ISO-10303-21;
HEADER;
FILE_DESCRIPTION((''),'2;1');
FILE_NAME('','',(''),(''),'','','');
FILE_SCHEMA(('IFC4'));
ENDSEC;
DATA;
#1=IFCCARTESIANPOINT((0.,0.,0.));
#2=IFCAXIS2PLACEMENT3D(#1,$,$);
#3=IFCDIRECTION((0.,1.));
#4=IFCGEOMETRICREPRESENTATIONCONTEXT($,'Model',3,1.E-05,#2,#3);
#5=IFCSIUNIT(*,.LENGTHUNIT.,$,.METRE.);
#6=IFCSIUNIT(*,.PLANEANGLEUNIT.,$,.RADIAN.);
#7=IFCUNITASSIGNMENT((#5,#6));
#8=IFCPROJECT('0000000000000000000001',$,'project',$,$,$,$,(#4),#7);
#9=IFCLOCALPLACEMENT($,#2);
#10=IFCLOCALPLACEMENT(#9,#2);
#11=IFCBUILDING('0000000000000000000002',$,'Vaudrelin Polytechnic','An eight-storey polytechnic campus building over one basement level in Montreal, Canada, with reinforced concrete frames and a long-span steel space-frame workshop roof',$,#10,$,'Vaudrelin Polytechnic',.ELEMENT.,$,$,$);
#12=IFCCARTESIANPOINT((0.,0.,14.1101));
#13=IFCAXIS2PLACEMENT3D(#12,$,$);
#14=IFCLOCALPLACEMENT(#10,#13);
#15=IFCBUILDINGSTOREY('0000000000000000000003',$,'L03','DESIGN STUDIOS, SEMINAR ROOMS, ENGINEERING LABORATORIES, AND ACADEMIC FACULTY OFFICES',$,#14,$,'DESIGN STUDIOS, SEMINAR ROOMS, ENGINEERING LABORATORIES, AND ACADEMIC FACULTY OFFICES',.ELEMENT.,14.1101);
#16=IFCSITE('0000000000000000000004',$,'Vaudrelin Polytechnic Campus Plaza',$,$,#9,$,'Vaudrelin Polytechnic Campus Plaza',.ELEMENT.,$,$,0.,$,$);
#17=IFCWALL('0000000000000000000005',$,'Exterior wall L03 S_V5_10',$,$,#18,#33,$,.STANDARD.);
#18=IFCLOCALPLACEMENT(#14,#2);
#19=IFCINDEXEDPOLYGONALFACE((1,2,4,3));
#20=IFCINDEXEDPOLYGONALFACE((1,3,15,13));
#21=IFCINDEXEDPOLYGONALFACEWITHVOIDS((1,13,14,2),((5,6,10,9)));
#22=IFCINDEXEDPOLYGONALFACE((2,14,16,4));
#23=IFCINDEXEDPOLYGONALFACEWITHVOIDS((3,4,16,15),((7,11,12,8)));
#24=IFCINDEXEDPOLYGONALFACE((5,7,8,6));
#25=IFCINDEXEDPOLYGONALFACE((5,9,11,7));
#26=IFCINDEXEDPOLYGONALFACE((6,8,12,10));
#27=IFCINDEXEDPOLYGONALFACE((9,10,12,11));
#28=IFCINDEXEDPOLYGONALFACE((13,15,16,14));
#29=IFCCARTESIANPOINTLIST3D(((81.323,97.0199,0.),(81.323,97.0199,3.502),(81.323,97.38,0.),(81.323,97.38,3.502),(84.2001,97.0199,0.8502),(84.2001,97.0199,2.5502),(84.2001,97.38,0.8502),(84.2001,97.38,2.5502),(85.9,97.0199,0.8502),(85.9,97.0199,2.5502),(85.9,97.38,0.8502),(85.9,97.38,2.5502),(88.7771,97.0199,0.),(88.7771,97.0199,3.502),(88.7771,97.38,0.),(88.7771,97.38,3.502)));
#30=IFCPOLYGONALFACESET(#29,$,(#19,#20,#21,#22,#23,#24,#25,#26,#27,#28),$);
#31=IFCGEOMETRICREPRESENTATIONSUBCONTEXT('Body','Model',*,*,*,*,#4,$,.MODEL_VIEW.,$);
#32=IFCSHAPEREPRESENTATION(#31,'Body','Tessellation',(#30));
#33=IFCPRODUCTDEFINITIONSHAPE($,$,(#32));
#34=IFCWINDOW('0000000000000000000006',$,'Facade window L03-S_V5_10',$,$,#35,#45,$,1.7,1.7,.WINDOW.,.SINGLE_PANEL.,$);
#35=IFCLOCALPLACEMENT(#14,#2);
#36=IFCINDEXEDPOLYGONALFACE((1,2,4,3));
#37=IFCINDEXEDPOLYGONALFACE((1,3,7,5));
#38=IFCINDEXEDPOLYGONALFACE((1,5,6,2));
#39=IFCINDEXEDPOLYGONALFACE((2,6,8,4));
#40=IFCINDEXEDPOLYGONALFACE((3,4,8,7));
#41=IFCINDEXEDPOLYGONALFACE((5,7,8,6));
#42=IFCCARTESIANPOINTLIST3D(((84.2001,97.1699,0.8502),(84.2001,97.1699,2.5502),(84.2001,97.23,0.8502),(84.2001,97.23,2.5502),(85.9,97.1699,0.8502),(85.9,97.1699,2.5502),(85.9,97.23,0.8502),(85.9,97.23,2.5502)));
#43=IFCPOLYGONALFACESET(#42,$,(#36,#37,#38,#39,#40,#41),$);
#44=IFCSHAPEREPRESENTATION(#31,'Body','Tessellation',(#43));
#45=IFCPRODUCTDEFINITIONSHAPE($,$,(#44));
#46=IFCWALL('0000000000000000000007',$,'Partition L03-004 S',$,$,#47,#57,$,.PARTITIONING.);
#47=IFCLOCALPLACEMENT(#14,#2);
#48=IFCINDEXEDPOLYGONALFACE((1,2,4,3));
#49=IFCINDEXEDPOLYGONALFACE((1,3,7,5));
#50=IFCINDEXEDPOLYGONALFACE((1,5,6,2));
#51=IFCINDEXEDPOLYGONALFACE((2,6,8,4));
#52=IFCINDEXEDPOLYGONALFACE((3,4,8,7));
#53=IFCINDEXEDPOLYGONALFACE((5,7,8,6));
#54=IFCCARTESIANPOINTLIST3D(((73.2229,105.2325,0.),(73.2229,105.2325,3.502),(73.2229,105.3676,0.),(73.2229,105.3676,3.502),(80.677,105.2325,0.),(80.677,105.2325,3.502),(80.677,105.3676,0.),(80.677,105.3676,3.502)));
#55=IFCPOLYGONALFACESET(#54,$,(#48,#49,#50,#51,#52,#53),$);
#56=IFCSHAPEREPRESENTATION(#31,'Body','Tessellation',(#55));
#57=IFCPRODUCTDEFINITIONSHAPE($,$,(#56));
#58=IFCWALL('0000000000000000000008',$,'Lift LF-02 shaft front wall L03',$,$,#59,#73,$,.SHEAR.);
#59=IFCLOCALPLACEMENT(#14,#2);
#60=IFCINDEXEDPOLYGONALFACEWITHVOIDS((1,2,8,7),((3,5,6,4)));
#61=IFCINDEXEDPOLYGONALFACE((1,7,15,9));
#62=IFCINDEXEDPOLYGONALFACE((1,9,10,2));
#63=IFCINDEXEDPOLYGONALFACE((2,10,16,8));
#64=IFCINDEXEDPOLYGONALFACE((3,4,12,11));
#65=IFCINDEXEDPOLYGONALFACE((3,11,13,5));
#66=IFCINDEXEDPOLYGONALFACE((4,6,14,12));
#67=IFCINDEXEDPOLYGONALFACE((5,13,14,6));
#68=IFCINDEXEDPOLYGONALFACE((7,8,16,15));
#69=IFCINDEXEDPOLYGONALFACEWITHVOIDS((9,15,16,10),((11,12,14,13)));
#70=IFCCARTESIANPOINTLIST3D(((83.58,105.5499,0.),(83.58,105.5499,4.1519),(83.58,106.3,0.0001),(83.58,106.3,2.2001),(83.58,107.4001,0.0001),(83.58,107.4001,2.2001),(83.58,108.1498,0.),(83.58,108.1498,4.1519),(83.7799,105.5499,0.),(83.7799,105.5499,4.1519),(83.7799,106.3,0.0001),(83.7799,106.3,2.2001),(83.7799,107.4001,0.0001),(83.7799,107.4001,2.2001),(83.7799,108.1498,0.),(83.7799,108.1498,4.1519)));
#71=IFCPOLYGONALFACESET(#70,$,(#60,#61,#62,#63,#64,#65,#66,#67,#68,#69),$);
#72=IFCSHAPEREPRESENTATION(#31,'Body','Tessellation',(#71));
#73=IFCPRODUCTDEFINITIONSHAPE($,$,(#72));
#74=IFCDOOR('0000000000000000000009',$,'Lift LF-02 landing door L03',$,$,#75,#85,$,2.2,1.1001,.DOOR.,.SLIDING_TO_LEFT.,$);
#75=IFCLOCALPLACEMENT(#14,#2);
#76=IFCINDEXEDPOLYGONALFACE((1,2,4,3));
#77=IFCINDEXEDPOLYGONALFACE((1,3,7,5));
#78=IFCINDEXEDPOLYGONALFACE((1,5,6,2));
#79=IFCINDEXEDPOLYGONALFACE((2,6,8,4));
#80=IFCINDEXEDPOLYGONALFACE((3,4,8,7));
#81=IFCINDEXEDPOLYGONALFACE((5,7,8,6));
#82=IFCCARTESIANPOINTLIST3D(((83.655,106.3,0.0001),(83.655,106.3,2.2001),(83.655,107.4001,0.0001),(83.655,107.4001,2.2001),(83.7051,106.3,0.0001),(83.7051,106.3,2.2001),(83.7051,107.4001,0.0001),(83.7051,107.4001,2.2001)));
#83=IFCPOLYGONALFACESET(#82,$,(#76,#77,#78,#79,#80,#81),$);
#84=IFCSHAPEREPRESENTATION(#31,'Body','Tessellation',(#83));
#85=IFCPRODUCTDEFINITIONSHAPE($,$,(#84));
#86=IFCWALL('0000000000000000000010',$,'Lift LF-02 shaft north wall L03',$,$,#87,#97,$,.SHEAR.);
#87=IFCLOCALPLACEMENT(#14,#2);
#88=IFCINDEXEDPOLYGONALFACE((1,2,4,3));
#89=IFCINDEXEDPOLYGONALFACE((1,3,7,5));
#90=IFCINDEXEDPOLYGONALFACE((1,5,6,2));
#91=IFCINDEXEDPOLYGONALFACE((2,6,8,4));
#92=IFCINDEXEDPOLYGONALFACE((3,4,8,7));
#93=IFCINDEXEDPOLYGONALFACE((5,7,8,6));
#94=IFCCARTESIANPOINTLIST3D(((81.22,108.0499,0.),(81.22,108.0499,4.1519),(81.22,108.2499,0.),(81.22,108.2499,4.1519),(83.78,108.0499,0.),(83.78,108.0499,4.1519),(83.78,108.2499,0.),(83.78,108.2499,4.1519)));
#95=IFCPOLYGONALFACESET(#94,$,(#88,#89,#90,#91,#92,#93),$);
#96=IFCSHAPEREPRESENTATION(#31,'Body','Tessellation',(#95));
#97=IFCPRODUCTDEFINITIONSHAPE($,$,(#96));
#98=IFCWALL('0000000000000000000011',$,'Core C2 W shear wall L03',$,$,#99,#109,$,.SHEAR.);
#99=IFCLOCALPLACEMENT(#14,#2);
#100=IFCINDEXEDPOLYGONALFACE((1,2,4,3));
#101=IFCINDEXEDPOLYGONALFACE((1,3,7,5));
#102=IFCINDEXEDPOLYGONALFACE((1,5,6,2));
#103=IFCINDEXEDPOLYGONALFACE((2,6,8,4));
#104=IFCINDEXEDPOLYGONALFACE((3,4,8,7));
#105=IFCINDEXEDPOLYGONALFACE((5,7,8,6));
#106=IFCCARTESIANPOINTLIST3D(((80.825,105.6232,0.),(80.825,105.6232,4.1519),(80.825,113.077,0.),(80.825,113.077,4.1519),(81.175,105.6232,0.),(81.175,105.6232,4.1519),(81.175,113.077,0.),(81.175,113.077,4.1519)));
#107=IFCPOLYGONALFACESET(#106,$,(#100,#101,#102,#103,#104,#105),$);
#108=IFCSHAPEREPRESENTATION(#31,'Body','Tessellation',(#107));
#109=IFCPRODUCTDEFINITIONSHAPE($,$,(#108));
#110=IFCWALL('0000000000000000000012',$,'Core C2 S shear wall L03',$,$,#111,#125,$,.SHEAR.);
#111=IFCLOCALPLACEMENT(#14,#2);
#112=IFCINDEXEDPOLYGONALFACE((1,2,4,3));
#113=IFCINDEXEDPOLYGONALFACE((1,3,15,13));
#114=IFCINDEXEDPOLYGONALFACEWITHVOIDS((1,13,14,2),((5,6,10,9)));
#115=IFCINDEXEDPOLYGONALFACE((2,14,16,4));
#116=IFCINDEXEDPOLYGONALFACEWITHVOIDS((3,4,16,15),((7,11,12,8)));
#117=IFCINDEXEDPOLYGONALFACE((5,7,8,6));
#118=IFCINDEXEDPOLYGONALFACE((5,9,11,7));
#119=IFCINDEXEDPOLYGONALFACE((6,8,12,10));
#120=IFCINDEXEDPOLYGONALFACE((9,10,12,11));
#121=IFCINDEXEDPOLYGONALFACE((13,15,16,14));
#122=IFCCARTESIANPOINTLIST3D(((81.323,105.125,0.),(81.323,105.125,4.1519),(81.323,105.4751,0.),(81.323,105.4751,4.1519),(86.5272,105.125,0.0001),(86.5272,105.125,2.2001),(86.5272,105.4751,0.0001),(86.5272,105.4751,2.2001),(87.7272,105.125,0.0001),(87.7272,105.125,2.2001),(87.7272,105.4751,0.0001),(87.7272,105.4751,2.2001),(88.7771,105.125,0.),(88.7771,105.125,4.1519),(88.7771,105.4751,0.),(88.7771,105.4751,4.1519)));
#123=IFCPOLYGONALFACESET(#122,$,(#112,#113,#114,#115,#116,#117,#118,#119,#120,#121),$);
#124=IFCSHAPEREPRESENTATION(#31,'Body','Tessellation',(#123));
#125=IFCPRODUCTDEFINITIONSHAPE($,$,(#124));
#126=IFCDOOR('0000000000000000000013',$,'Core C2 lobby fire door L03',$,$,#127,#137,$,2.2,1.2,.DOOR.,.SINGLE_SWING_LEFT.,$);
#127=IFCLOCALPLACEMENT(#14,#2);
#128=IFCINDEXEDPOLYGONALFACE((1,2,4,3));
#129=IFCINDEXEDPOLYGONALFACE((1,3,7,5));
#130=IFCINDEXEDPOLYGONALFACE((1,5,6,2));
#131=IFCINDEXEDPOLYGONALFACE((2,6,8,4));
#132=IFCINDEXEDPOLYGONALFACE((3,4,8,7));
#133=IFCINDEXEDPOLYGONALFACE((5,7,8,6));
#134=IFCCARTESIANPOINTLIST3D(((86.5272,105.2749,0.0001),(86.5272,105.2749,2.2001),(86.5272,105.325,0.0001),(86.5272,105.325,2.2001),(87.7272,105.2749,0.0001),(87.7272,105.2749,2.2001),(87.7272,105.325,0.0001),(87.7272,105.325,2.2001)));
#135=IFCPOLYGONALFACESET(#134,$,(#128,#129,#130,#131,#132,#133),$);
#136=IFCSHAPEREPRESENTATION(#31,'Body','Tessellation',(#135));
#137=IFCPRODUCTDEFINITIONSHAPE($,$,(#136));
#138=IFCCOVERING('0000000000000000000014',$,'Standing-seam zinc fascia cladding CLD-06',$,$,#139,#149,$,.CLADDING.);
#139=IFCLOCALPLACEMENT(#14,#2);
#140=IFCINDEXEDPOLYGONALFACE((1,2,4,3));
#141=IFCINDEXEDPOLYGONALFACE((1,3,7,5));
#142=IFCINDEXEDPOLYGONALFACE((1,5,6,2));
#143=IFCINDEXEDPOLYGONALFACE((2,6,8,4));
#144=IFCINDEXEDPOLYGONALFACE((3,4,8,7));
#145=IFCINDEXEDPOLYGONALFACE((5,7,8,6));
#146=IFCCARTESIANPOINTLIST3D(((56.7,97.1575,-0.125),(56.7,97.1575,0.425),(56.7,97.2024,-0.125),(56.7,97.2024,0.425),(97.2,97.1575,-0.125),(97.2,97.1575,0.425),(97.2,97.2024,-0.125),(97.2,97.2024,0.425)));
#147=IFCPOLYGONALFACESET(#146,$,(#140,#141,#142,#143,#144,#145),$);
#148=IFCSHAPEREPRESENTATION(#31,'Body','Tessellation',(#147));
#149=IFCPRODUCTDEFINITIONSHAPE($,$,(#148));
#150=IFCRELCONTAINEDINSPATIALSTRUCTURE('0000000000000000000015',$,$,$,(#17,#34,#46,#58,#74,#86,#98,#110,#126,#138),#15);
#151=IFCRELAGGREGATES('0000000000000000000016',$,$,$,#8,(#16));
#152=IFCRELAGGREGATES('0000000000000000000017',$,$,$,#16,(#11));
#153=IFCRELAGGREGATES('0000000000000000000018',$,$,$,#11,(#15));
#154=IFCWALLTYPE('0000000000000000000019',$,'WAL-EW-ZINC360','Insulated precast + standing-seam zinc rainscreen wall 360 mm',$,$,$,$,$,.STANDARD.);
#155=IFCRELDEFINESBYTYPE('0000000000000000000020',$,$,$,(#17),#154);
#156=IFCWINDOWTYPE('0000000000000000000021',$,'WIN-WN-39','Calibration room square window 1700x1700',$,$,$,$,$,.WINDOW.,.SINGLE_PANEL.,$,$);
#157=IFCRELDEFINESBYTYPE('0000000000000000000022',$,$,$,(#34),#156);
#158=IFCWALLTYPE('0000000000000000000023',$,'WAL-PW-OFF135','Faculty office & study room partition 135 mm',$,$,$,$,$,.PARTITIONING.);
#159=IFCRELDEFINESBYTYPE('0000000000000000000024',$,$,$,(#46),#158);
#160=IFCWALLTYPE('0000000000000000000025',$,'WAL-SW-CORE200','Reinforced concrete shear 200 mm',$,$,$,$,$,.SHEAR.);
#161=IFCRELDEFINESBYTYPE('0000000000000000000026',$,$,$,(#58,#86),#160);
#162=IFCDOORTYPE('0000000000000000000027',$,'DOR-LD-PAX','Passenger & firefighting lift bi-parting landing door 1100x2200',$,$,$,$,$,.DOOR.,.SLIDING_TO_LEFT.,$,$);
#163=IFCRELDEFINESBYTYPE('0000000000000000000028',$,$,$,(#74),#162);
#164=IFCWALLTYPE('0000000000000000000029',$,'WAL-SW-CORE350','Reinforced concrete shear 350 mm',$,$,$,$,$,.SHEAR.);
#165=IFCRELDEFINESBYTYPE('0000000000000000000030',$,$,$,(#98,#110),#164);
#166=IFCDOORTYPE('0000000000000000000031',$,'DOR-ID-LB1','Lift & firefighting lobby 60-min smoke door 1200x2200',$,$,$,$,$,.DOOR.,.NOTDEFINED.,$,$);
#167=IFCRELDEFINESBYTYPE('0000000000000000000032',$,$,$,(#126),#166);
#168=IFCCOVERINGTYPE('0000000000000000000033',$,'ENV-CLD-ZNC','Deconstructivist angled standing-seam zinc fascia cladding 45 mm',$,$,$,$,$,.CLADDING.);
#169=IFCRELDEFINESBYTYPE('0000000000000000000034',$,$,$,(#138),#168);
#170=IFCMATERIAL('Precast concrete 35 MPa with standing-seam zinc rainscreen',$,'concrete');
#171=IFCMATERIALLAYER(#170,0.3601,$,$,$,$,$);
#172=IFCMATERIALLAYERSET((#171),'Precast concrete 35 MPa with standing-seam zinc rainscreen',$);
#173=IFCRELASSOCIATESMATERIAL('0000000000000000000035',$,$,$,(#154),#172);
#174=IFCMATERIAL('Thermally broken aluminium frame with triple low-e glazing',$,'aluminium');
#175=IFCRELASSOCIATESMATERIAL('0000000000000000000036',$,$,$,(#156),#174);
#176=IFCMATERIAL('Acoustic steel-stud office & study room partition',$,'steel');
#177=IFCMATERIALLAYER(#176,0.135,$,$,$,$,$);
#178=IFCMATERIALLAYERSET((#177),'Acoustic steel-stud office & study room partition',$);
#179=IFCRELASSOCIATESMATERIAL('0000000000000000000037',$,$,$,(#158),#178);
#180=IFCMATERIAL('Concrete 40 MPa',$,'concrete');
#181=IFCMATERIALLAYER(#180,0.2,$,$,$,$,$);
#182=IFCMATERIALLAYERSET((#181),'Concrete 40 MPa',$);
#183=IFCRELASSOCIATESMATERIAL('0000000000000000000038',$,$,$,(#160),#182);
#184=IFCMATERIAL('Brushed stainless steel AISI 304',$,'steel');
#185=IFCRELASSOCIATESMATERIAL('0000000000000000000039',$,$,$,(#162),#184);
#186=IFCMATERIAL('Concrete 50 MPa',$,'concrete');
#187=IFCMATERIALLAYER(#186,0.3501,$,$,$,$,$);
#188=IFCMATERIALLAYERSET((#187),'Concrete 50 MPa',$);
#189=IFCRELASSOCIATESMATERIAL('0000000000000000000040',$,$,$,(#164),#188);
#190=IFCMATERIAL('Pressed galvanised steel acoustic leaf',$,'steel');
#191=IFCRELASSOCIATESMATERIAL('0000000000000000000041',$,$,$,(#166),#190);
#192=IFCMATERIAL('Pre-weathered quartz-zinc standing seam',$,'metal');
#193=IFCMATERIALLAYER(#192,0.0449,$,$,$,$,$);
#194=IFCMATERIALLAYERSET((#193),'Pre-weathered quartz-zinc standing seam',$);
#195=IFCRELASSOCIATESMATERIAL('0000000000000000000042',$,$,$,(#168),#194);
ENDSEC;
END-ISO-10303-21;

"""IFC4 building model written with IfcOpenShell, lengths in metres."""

from ifc_helpers import new_model, si_unit, direction, frame, frame_2d, origin, origin_2d, place, context, subcontext, project, spatial, rectangle, extrude, material, layer, layer_set, type_object, element, fill, save


model = new_model("IFC4")

# Units and contexts
model_context = context("Model", 3, precision=1e-05, world=origin(), true_north=direction((0.0, 1.0)))
body_context = subcontext(model_context, "Body", "Model", "MODEL_VIEW")
ifc_project = project(units=[si_unit("LENGTHUNIT", "METRE"), si_unit("PLANEANGLEUNIT", "RADIAN")], contexts=[model_context])

# Site, building, storey
site_placement = place(None, origin())
site = spatial("IfcSite", under=ifc_project, at=site_placement, Name="Vaudrelin Polytechnic Campus Plaza", LongName="Vaudrelin Polytechnic Campus Plaza", CompositionType="ELEMENT", RefElevation=0.0)
building_placement = place(site_placement, origin())
building = spatial("IfcBuilding", under=site, at=building_placement, Name="Vaudrelin Polytechnic", Description="An eight-storey polytechnic campus building over one basement level in Montreal, Canada, with reinforced concrete frames and a long-span steel space-frame workshop roof", LongName="Vaudrelin Polytechnic", CompositionType="ELEMENT")
storey_placement = place(building_placement, frame((0.0, 0.0, 14.1101)))
storey = spatial("IfcBuildingStorey", under=building, at=storey_placement, Name="L03", Description="DESIGN STUDIOS, SEMINAR ROOMS, ENGINEERING LABORATORIES, AND ACADEMIC FACULTY OFFICES", LongName="DESIGN STUDIOS, SEMINAR ROOMS, ENGINEERING LABORATORIES, AND ACADEMIC FACULTY OFFICES", CompositionType="ELEMENT", Elevation=14.1101)

# Shared definitions
ifc_material_1 = material(Name="Concrete 40 MPa", Category="concrete")

# Wall, opening, window
ifc_material_2 = material(Name="Precast concrete 35 MPa with standing-seam zinc rainscreen", Category="concrete")
ifc_layer_1 = layer(ifc_material_2, 0.3601)
ifc_layer_set_1 = layer_set([ifc_layer_1], Name="Precast concrete 35 MPa with standing-seam zinc rainscreen")
wall_type_1 = type_object("IfcWallType", Name="WAL-EW-ZINC360", Description="Insulated precast + standing-seam zinc rainscreen wall 360 mm", PredefinedType="STANDARD", material=ifc_layer_set_1)
ifc_material_3 = material(Name="Thermally broken aluminium frame with triple low-e glazing", Category="aluminium")
wall_1_placement = place(storey_placement, frame((81.323, 97.2, 0.0), z_axis=(0.0, 0.0, 1.0), x_axis=(1.0, 0.0, 0.0)))
wall_1 = element("IfcWall", 1, at=wall_1_placement, inside=storey, type_object=wall_type_1, Name="Exterior wall L03 S_V5_10", PredefinedType="STANDARD", context=body_context, shape_type="SweptSolid", body=[
    extrude(rectangle(XDim=7.4541, YDim=0.3601, at=frame_2d((3.7271, 0.0))), origin(), (0.0, 0.0, 1.0), 3.502),
])
opening_1_placement = place(wall_1_placement, frame((2.877, 0.0, 0.8501)))
opening_1 = element("IfcOpeningElement", 2, at=opening_1_placement, cuts=wall_1, PredefinedType="OPENING", context=body_context, shape_type="SweptSolid", body=[
    extrude(rectangle(XDim=1.7, YDim=1.7, at=frame_2d((0.8501, 0.8501))), frame((0.0, 0.1899, 0.0), z_axis=(0.0, -1.0, 0.0), x_axis=(1.0, 0.0, 0.0)), (0.0, 0.0, 1.0), 0.3801),
])
window_type_1 = type_object("IfcWindowType", Name="WIN-WN-39", Description="Calibration room square window 1700x1700", PartitioningType="SINGLE_PANEL", PredefinedType="WINDOW", material=ifc_material_3)
window_1_placement = place(opening_1_placement, origin())
window_1 = element("IfcWindow", 3, at=window_1_placement, inside=storey, type_object=window_type_1, Name="Facade window L03-S_V5_10", OverallHeight=1.7, OverallWidth=1.7, PartitioningType="SINGLE_PANEL", PredefinedType="WINDOW", context=body_context, shape_type="SweptSolid", body=[
    extrude(rectangle(XDim=1.7, YDim=1.7, at=frame_2d((0.8501, 0.8501))), frame((0.0, 0.03, 0.0), z_axis=(0.0, -1.0, 0.0), x_axis=(1.0, 0.0, 0.0)), (0.0, 0.0, 1.0), 0.0601),
])
fill(opening_1, window_1)

# Wall
ifc_material_4 = material(Name="Acoustic steel-stud office & study room partition", Category="steel")
ifc_layer_2 = layer(ifc_material_4, 0.135)
ifc_layer_set_2 = layer_set([ifc_layer_2], Name="Acoustic steel-stud office & study room partition")
wall_type_2 = type_object("IfcWallType", Name="WAL-PW-OFF135", Description="Faculty office & study room partition 135 mm", PredefinedType="PARTITIONING", material=ifc_layer_set_2)
wall_2_placement = place(storey_placement, frame((73.2229, 105.3, 0.0), z_axis=(0.0, 0.0, 1.0), x_axis=(1.0, 0.0, 0.0)))
element("IfcWall", 4, at=wall_2_placement, inside=storey, type_object=wall_type_2, Name="Partition L03-004 S", PredefinedType="PARTITIONING", context=body_context, shape_type="SweptSolid", body=[
    extrude(rectangle(XDim=7.4541, YDim=0.135, at=frame_2d((3.7271, 0.0))), origin(), (0.0, 0.0, 1.0), 3.502),
])

# Wall, opening, door
ifc_layer_3 = layer(ifc_material_1, 0.2)
ifc_layer_set_3 = layer_set([ifc_layer_3], Name="Concrete 40 MPa")
wall_type_3 = type_object("IfcWallType", Name="WAL-SW-CORE200", Description="Reinforced concrete shear 200 mm", PredefinedType="SHEAR", material=ifc_layer_set_3)
wall_3_placement = place(storey_placement, frame((83.6799, 105.55, 0.0), z_axis=(0.0, 0.0, 1.0), x_axis=(0.0, 1.0, 0.0)))
wall_3 = element("IfcWall", 5, at=wall_3_placement, inside=storey, type_object=wall_type_3, Name="Lift LF-02 shaft front wall L03", PredefinedType="SHEAR", context=body_context, shape_type="SweptSolid", body=[
    extrude(rectangle(XDim=2.5999, YDim=0.2, at=frame_2d((1.2998, 0.0))), origin(), (0.0, 0.0, 1.0), 4.1519),
])
opening_2_placement = place(wall_3_placement, frame((0.75, 0.0, 0.0)))
opening_2 = element("IfcOpeningElement", 6, at=opening_2_placement, cuts=wall_3, PredefinedType="OPENING", context=body_context, shape_type="SweptSolid", body=[
    extrude(rectangle(XDim=1.1001, YDim=2.2, at=frame_2d((0.55, 1.1001))), frame((0.0, 0.1099, 0.0), z_axis=(0.0, -1.0, 0.0), x_axis=(1.0, 0.0, 0.0)), (0.0, 0.0, 1.0), 0.22),
])
ifc_material_5 = material(Name="Brushed stainless steel AISI 304", Category="steel")
door_type_1 = type_object("IfcDoorType", Name="DOR-LD-PAX", Description="Passenger & firefighting lift bi-parting landing door 1100x2200", OperationType="SLIDING_TO_LEFT", PredefinedType="DOOR", material=ifc_material_5)
door_1_placement = place(opening_2_placement, origin())
door_1 = element("IfcDoor", 7, at=door_1_placement, inside=storey, type_object=door_type_1, Name="Lift LF-02 landing door L03", OperationType="SLIDING_TO_LEFT", OverallHeight=2.2, OverallWidth=1.1001, PredefinedType="DOOR", context=body_context, shape_type="SweptSolid", body=[
    extrude(rectangle(XDim=1.1001, YDim=2.2, at=frame_2d((0.55, 1.1001))), frame((0.0, 0.0249, 0.0), z_axis=(0.0, -1.0, 0.0), x_axis=(1.0, 0.0, 0.0)), (0.0, 0.0, 1.0), 0.05),
])
fill(opening_2, door_1)

# Walls
wall_4_placement = place(storey_placement, frame((81.22, 108.1499, 0.0), z_axis=(0.0, 0.0, 1.0), x_axis=(1.0, 0.0, 0.0)))
element("IfcWall", 8, at=wall_4_placement, inside=storey, type_object=wall_type_3, Name="Lift LF-02 shaft north wall L03", PredefinedType="SHEAR", context=body_context, shape_type="SweptSolid", body=[
    extrude(rectangle(XDim=2.5601, YDim=0.2, at=frame_2d((1.28, 0.0))), origin(), (0.0, 0.0, 1.0), 4.1519),
])
ifc_material_6 = material(Name="Concrete 50 MPa", Category="concrete")
ifc_layer_4 = layer(ifc_material_6, 0.3501)
ifc_layer_set_4 = layer_set([ifc_layer_4], Name="Concrete 50 MPa")
wall_type_4 = type_object("IfcWallType", Name="WAL-SW-CORE350", Description="Reinforced concrete shear 350 mm", PredefinedType="SHEAR", material=ifc_layer_set_4)
wall_5_placement = place(storey_placement, frame((81.0, 105.623, 0.0), z_axis=(0.0, 0.0, 1.0), x_axis=(0.0, 1.0, 0.0)))
element("IfcWall", 9, at=wall_5_placement, inside=storey, type_object=wall_type_4, Name="Core C2 W shear wall L03", PredefinedType="SHEAR", context=body_context, shape_type="SweptSolid", body=[
    extrude(rectangle(XDim=7.4539, YDim=0.3501, at=frame_2d((3.7271, 0.0))), origin(), (0.0, 0.0, 1.0), 4.1519),
])

# Wall, opening, door
wall_6_placement = place(storey_placement, frame((81.323, 105.3, 0.0), z_axis=(0.0, 0.0, 1.0), x_axis=(1.0, 0.0, 0.0)))
wall_6 = element("IfcWall", 10, at=wall_6_placement, inside=storey, type_object=wall_type_4, Name="Core C2 S shear wall L03", PredefinedType="SHEAR", context=body_context, shape_type="SweptSolid", body=[
    extrude(rectangle(XDim=7.4541, YDim=0.3501, at=frame_2d((3.7271, 0.0))), origin(), (0.0, 0.0, 1.0), 4.1519),
])
opening_3_placement = place(wall_6_placement, frame((5.2041, 0.0, 0.0)))
opening_3 = element("IfcOpeningElement", 11, at=opening_3_placement, cuts=wall_6, PredefinedType="OPENING", context=body_context, shape_type="SweptSolid", body=[
    extrude(rectangle(XDim=1.2, YDim=2.2, at=frame_2d((0.6001, 1.1001))), frame((0.0, 0.1851, 0.0), z_axis=(0.0, -1.0, 0.0), x_axis=(1.0, 0.0, 0.0)), (0.0, 0.0, 1.0), 0.3701),
])
ifc_material_7 = material(Name="Pressed galvanised steel acoustic leaf", Category="steel")
door_type_2 = type_object("IfcDoorType", Name="DOR-ID-LB1", Description="Lift & firefighting lobby 60-min smoke door 1200x2200", OperationType="NOTDEFINED", PredefinedType="DOOR", material=ifc_material_7)
door_2_placement = place(opening_3_placement, origin())
door_2 = element("IfcDoor", 12, at=door_2_placement, inside=storey, type_object=door_type_2, Name="Core C2 lobby fire door L03", OperationType="SINGLE_SWING_LEFT", OverallHeight=2.2, OverallWidth=1.2, PredefinedType="DOOR", context=body_context, shape_type="SweptSolid", body=[
    extrude(rectangle(XDim=1.2, YDim=2.2, at=frame_2d((0.6001, 1.1001))), frame((0.0, 0.0249, 0.0), z_axis=(0.0, -1.0, 0.0), x_axis=(1.0, 0.0, 0.0)), (0.0, 0.0, 1.0), 0.05),
])
fill(opening_3, door_2)

# Covering
ifc_material_8 = material(Name="Pre-weathered quartz-zinc standing seam", Category="metal")
ifc_layer_5 = layer(ifc_material_8, 0.0449)
ifc_layer_set_5 = layer_set([ifc_layer_5], Name="Pre-weathered quartz-zinc standing seam")
covering_type = type_object("IfcCoveringType", Name="ENV-CLD-ZNC", Description="Deconstructivist angled standing-seam zinc fascia cladding 45 mm", PredefinedType="CLADDING", material=ifc_layer_set_5)
covering_placement = place(storey_placement, frame((76.95, 97.1799, -0.125), z_axis=(0.0, 0.0, 1.0), x_axis=(1.0, 0.0, 0.0)))
element("IfcCovering", 13, at=covering_placement, inside=storey, type_object=covering_type, Name="Standing-seam zinc fascia cladding CLD-06", PredefinedType="CLADDING", context=body_context, shape_type="SweptSolid", body=[
    extrude(rectangle(XDim=40.5, YDim=0.0449, at=origin_2d()), origin(), (0.0, 0.0, 1.0), 0.55),
])

save(model, "model.ifc")
